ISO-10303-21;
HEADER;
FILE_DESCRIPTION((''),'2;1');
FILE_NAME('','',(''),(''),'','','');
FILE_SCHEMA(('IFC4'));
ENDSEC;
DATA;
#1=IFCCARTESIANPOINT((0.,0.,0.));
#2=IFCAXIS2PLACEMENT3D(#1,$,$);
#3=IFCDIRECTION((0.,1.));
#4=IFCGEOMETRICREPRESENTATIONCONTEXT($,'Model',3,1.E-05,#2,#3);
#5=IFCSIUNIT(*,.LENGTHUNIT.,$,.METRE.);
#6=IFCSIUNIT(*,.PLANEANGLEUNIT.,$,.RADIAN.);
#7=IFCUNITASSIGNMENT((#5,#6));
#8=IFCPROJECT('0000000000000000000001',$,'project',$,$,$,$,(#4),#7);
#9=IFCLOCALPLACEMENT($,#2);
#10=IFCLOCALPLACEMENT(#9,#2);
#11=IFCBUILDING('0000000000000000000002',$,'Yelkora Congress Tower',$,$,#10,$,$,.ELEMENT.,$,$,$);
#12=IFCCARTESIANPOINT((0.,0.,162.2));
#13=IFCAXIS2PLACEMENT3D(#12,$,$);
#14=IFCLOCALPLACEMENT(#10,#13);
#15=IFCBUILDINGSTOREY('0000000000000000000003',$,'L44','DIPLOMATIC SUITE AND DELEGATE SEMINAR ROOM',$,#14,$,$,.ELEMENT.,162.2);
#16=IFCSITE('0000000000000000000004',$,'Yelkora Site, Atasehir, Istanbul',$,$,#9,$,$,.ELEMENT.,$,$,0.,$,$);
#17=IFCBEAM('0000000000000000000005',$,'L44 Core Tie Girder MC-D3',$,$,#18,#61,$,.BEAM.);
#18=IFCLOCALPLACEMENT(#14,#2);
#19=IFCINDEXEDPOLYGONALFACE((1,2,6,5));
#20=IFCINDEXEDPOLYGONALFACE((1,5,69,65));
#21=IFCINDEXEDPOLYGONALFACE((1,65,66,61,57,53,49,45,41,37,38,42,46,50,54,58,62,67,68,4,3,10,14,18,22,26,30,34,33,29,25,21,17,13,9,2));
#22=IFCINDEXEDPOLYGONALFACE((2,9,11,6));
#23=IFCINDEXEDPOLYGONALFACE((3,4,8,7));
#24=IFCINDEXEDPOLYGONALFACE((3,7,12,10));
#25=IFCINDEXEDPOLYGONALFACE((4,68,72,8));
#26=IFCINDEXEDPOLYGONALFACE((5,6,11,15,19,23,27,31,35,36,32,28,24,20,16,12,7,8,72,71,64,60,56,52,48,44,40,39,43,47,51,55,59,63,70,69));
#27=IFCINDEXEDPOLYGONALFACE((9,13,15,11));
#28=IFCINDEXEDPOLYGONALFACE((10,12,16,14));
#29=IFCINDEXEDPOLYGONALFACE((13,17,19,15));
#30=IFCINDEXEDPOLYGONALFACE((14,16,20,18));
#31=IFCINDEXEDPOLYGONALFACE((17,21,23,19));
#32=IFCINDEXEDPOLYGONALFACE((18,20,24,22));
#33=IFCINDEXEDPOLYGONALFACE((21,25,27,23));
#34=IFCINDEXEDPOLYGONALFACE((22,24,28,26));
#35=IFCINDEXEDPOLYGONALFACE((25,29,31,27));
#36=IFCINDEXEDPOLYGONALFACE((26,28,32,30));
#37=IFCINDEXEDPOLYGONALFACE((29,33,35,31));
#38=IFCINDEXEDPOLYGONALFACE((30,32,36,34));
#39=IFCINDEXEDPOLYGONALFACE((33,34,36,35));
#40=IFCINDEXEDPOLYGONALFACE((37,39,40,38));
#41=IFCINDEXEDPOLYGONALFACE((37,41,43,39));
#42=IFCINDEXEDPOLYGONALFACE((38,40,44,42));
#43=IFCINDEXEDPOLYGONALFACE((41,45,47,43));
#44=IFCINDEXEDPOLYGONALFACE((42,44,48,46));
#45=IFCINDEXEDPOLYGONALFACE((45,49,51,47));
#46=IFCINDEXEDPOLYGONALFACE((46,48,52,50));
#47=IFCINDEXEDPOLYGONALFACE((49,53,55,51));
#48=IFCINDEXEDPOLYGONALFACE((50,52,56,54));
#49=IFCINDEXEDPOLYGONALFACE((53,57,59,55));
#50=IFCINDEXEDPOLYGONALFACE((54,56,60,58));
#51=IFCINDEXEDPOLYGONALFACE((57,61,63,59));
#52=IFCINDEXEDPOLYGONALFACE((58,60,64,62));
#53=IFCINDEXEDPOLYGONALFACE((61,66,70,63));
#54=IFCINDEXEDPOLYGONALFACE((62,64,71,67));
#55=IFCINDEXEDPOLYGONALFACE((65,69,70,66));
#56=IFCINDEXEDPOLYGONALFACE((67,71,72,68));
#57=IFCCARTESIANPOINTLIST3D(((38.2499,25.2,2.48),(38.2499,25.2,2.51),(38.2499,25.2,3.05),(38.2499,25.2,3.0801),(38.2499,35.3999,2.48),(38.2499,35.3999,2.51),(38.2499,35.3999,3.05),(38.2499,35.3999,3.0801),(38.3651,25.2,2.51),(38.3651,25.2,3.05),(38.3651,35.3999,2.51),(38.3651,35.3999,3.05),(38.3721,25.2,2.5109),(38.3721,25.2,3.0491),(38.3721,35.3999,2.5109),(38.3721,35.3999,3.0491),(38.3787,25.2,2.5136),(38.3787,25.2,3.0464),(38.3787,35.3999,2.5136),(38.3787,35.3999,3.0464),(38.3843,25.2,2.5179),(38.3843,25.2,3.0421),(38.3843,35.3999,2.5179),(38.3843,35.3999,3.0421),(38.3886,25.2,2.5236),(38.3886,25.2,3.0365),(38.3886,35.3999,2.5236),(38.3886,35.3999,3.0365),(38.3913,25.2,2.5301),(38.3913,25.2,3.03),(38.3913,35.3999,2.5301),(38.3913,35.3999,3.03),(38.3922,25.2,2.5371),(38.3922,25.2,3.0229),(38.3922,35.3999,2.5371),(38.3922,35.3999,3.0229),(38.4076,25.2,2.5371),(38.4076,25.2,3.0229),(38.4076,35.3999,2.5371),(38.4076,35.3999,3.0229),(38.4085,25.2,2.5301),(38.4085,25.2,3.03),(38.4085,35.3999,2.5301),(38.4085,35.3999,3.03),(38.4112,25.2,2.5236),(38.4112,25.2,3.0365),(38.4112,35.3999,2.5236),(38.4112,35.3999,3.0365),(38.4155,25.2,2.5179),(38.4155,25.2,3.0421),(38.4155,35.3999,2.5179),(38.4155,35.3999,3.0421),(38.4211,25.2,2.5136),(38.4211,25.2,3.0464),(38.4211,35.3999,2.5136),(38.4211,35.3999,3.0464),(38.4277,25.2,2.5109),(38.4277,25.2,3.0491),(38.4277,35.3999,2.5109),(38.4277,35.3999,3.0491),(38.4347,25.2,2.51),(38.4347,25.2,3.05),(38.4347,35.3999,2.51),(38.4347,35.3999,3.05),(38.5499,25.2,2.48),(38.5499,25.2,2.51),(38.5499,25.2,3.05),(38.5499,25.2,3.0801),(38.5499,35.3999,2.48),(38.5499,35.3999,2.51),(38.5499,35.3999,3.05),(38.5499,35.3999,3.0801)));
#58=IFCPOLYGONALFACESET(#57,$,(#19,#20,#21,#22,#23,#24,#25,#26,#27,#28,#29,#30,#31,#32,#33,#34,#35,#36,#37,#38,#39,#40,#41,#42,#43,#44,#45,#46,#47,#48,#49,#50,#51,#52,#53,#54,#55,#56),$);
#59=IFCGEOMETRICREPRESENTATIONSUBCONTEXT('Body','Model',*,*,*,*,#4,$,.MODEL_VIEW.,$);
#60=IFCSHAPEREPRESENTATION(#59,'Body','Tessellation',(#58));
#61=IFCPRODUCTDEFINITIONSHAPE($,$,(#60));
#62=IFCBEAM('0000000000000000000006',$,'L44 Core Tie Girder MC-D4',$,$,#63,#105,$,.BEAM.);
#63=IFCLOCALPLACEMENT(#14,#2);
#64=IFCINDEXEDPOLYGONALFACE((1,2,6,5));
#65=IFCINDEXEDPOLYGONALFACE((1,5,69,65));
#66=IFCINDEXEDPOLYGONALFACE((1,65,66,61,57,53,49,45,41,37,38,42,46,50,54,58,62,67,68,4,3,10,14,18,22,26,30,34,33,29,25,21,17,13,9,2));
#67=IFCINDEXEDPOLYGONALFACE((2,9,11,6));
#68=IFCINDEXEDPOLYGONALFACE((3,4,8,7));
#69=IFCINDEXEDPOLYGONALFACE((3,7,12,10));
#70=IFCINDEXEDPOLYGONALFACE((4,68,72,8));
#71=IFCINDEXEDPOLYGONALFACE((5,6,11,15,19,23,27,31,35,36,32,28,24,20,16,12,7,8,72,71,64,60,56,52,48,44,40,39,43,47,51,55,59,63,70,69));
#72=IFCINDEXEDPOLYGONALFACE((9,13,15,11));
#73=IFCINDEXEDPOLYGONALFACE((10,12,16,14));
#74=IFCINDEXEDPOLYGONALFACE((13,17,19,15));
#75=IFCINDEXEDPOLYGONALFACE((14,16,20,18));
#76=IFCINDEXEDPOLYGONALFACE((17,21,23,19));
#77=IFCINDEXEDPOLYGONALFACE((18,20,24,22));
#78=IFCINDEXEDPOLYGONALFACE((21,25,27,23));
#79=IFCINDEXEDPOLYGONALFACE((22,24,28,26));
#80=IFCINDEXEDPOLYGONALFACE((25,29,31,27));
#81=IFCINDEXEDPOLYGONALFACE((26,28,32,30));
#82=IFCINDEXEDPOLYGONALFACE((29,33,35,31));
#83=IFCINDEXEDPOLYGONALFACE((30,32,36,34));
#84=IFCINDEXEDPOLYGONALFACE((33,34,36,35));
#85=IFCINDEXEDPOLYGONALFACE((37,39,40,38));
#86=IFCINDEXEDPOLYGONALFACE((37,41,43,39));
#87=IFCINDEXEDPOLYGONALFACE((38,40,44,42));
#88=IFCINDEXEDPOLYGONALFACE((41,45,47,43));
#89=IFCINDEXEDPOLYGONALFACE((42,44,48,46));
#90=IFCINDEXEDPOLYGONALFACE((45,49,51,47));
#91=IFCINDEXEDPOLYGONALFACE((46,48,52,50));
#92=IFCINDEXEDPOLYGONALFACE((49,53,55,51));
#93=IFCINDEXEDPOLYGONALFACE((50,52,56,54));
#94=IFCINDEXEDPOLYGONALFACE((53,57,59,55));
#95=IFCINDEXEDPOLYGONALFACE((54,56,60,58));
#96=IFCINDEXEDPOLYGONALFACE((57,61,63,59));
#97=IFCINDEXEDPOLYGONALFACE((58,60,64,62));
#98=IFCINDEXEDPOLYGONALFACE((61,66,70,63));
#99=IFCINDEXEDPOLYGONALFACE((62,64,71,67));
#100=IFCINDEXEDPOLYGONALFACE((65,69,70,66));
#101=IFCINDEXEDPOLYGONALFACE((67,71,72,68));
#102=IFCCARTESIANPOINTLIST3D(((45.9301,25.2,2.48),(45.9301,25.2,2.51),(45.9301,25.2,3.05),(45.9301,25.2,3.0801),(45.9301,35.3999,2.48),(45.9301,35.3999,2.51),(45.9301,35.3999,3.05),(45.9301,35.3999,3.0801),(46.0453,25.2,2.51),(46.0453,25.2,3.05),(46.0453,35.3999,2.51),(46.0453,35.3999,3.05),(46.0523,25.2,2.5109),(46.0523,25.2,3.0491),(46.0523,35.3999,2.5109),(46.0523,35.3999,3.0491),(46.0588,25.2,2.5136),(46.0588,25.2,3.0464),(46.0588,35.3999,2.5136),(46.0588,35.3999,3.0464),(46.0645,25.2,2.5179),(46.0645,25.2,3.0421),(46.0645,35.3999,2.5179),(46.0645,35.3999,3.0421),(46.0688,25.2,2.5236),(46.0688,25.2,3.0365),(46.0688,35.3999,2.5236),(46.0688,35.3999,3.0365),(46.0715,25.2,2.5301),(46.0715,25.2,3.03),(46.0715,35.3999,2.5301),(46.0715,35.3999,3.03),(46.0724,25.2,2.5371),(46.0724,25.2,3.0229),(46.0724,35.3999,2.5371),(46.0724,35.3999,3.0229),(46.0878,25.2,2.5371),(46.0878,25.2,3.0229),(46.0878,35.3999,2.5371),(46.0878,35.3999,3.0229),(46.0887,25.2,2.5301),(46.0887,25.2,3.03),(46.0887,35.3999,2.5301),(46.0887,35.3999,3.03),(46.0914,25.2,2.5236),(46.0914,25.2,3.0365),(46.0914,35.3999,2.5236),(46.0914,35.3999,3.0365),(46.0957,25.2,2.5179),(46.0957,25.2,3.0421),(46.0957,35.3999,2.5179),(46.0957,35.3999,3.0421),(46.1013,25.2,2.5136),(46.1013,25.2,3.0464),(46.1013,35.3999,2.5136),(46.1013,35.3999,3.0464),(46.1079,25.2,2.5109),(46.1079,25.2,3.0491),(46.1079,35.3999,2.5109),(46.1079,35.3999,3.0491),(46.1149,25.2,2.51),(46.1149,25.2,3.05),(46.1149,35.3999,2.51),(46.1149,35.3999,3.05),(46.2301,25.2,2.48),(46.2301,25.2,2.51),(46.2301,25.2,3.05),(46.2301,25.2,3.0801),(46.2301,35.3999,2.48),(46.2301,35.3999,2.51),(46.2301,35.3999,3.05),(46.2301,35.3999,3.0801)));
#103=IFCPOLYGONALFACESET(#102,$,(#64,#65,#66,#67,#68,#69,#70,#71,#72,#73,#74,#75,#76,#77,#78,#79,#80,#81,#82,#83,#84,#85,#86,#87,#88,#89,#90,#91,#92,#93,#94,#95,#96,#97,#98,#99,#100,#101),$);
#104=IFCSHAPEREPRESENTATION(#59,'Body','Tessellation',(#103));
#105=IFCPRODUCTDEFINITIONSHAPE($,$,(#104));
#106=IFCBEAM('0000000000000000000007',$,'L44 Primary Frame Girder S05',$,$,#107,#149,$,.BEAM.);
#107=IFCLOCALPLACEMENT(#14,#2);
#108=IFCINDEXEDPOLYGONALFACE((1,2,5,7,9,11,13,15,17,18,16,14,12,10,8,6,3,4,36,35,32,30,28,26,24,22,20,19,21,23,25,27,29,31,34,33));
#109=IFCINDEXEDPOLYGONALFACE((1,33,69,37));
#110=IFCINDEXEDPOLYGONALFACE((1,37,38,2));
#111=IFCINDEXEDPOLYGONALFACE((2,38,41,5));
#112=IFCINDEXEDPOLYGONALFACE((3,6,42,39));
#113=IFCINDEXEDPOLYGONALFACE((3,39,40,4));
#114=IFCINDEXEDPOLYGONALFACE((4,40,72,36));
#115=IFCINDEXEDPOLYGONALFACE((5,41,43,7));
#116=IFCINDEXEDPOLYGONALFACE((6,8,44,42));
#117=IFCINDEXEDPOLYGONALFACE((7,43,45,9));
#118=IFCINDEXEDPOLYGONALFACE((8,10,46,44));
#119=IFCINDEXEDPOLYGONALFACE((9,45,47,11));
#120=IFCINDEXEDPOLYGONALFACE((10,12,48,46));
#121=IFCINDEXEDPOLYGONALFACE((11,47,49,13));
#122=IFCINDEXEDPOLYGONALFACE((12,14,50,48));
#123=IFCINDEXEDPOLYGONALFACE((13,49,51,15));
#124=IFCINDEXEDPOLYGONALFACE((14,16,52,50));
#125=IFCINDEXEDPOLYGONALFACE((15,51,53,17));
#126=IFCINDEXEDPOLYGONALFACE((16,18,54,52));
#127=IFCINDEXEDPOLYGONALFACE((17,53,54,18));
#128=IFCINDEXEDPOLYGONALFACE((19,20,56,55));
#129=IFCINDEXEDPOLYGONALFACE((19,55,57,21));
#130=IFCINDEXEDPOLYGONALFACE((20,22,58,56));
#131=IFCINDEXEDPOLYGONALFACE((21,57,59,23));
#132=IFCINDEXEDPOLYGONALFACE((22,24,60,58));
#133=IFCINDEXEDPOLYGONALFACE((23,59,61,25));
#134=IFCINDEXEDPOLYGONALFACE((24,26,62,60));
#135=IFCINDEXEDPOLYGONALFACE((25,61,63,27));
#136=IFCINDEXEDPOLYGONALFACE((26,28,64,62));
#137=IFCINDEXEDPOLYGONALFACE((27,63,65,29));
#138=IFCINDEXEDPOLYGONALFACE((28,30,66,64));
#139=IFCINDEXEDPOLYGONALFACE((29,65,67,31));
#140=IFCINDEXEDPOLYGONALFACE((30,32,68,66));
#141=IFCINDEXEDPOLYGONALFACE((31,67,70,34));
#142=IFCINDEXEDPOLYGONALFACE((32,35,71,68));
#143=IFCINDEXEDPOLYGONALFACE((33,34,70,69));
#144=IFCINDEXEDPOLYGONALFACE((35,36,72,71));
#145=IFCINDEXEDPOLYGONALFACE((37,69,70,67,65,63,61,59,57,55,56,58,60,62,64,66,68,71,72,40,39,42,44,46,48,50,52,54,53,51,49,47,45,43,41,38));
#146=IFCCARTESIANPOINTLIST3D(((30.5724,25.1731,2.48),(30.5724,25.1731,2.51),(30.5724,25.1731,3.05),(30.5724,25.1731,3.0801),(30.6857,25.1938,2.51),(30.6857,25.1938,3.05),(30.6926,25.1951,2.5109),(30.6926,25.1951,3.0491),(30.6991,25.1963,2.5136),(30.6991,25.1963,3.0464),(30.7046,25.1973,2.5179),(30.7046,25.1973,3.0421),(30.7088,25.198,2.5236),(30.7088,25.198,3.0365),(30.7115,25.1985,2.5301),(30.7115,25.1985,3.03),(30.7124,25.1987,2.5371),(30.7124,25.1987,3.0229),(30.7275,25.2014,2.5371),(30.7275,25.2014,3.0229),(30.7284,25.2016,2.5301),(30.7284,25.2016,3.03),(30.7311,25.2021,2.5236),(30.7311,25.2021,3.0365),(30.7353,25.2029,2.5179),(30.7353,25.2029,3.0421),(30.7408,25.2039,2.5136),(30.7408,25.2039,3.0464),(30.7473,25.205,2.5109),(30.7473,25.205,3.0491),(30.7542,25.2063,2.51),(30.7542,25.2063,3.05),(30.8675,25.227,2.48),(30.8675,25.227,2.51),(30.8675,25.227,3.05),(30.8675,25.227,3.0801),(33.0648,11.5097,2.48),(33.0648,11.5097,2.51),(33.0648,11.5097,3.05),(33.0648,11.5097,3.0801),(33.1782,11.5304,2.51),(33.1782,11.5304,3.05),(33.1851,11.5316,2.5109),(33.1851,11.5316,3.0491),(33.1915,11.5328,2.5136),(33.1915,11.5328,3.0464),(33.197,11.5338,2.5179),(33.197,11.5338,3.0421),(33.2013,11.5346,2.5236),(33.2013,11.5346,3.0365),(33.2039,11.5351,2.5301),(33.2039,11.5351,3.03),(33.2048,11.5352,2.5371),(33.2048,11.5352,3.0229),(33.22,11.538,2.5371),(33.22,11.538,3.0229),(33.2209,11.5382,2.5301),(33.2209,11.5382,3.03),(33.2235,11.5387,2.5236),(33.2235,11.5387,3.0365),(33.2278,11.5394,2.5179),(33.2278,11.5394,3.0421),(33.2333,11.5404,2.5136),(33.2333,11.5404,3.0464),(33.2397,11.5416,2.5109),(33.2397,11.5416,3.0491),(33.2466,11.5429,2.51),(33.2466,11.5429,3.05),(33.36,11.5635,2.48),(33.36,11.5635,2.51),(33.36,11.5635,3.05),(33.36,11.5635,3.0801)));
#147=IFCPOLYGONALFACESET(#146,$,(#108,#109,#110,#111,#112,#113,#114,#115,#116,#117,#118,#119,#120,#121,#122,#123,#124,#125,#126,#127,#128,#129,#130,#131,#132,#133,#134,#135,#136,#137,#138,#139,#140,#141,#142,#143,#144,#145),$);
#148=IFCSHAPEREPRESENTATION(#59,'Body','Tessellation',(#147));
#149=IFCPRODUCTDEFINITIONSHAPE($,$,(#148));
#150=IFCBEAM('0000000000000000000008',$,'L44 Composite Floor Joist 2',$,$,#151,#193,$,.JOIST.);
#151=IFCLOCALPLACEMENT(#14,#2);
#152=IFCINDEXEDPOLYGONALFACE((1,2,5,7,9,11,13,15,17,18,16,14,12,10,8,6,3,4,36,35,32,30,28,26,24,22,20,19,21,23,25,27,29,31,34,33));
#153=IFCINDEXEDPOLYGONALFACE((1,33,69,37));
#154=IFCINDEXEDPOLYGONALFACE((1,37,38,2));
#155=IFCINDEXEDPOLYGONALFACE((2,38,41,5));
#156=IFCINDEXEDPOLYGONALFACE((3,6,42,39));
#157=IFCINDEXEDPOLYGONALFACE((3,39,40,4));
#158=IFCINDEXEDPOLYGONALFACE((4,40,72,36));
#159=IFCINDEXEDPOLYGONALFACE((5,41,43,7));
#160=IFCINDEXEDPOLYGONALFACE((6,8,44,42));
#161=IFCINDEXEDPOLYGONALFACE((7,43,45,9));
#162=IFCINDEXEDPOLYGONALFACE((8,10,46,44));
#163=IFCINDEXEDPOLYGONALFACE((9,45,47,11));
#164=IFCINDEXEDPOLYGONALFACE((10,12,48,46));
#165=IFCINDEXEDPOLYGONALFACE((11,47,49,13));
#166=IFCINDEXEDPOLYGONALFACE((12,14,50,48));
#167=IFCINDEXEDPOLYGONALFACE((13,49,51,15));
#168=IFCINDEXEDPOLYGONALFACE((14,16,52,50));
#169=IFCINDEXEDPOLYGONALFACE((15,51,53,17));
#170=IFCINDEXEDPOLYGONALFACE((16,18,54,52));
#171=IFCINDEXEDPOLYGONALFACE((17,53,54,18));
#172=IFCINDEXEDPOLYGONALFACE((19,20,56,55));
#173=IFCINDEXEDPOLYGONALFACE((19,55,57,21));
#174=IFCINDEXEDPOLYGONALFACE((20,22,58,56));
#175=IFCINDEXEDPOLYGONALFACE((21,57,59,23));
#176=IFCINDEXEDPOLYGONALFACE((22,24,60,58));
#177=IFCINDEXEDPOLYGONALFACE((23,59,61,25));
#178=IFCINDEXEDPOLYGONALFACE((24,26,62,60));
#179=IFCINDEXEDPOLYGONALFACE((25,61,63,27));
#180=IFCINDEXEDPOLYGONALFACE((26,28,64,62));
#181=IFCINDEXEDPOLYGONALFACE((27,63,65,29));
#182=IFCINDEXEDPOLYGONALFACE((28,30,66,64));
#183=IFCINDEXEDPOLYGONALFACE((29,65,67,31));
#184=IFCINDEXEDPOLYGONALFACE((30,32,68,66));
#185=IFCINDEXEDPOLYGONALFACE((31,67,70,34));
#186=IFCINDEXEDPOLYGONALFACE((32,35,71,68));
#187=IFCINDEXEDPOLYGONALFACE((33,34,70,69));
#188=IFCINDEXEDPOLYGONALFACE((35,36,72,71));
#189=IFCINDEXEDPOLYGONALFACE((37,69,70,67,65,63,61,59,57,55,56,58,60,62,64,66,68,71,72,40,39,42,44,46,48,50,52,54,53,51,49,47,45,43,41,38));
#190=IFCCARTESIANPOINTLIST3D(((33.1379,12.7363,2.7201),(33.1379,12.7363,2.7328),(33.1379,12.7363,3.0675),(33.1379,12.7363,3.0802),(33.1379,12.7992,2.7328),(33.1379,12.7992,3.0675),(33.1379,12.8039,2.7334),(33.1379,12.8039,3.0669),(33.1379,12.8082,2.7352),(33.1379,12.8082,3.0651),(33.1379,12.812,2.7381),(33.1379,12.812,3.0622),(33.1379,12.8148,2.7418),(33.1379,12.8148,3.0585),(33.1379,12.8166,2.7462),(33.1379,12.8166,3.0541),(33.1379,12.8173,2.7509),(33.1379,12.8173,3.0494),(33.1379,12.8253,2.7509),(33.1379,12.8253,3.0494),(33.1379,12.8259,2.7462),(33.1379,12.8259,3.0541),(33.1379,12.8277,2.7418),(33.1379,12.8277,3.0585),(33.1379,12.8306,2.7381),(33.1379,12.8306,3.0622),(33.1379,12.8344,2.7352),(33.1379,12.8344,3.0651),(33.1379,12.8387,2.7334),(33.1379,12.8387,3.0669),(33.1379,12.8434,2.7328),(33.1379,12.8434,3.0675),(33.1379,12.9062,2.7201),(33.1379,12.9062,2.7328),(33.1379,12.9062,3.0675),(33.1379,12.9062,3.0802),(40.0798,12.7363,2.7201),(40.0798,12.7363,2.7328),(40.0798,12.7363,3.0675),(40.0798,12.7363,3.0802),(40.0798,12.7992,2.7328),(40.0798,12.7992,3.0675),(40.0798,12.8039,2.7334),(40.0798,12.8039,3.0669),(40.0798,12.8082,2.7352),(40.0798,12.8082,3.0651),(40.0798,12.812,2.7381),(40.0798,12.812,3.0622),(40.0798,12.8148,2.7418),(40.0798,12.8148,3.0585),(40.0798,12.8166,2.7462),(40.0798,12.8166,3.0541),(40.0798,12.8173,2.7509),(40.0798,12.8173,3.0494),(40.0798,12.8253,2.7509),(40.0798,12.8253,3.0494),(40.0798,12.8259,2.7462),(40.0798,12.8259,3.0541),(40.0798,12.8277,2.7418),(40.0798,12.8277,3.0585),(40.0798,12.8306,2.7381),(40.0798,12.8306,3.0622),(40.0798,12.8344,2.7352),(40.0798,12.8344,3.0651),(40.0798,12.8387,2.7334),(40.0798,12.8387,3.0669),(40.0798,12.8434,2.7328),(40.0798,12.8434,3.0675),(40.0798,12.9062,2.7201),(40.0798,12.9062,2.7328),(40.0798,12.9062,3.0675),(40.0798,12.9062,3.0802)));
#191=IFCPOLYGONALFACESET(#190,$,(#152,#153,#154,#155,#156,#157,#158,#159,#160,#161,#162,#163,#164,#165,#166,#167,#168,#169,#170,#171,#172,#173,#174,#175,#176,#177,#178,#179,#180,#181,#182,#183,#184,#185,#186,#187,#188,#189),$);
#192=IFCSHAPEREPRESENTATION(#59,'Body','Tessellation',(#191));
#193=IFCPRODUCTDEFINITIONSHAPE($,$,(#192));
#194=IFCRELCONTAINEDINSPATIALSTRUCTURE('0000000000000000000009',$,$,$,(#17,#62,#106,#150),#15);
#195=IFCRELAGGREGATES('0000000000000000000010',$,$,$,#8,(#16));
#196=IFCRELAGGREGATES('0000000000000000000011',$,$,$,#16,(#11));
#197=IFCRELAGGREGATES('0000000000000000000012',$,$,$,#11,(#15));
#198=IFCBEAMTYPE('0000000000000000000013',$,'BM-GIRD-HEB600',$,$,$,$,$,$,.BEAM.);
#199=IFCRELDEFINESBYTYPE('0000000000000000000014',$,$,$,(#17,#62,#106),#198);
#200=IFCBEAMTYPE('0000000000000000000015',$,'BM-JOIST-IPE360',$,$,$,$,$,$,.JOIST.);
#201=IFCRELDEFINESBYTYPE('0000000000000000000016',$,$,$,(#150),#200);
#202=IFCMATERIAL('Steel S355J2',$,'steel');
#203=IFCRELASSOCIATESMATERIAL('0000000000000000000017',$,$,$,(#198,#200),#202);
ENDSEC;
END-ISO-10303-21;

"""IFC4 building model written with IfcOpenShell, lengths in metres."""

from ifc_helpers import new_model, si_unit, direction, frame, origin, origin_2d, place, context, subcontext, project, spatial, i_section, extrude, material, material_profile, profile_set, type_object, element, save


model = new_model("IFC4")

# Units and contexts
model_context = context("Model", 3, precision=1e-05, world=origin(), true_north=direction((0.0, 1.0)))
body_context = subcontext(model_context, "Body", "Model", "MODEL_VIEW")
ifc_project = project(units=[si_unit("LENGTHUNIT", "METRE"), si_unit("PLANEANGLEUNIT", "RADIAN")], contexts=[model_context])

# Site, building, storey
site_placement = place(None, origin())
site = spatial("IfcSite", under=ifc_project, at=site_placement, Name="Yelkora Site, Atasehir, Istanbul", CompositionType="ELEMENT", RefElevation=0.0)
building_placement = place(site_placement, origin())
building = spatial("IfcBuilding", under=site, at=building_placement, Name="Yelkora Congress Tower", CompositionType="ELEMENT")
storey_placement = place(building_placement, frame((0.0, 0.0, 162.2)))
storey = spatial("IfcBuildingStorey", under=building, at=storey_placement, Name="L44", Description="DIPLOMATIC SUITE AND DELEGATE SEMINAR ROOM", CompositionType="ELEMENT", Elevation=162.2)

# Beams
ifc_material_1 = material(Name="Steel S355J2", Category="steel")
ifc_material_profile_1 = material_profile(ifc_material_1, i_section(OverallWidth=0.3, OverallDepth=0.6001, WebThickness=0.0154, FlangeThickness=0.03, FilletRadius=0.0271, at=origin_2d()), Name="HEB 600")
ifc_profile_set_1 = profile_set([ifc_material_profile_1], Name="Steel S355J2")
beam_type_1 = type_object("IfcBeamType", Name="BM-GIRD-HEB600", PredefinedType="BEAM", material=ifc_profile_set_1)
for number, where, z_axis, x_axis, name in (
    (1, (38.3999, 25.2, 2.78), (0.0, 1.0, 0.0), (-1.0, 0.0, 0.0), "L44 Core Tie Girder MC-D3"),
    (2, (46.0801, 25.2, 2.78), (0.0, 1.0, 0.0), (-1.0, 0.0, 0.0), "L44 Core Tie Girder MC-D4"),
):
    element("IfcBeam", number, at=place(storey_placement, frame(where, z_axis=z_axis, x_axis=x_axis)), inside=storey, type_object=beam_type_1, Name=name, PredefinedType="BEAM", context=body_context, shape_type="SweptSolid", body=[
        extrude(i_section(OverallWidth=0.3, OverallDepth=0.6001, WebThickness=0.0154, FlangeThickness=0.03, FilletRadius=0.0271, at=origin_2d()), origin(), (0.0, 0.0, 1.0), 10.2),
    ])
beam_1_placement = place(storey_placement, frame((33.2124, 11.5366, 2.78), z_axis=(-0.179456, 0.983766, 0.0), x_axis=(-0.983766, -0.179456, 0.0)))
element("IfcBeam", 3, at=beam_1_placement, inside=storey, type_object=beam_type_1, Name="L44 Primary Frame Girder S05", PredefinedType="BEAM", context=body_context, shape_type="SweptSolid", body=[
    extrude(i_section(OverallWidth=0.3, OverallDepth=0.6001, WebThickness=0.0154, FlangeThickness=0.03, FilletRadius=0.0271, at=origin_2d()), origin(), (0.0, 0.0, 1.0), 13.8889),
])
ifc_material_profile_2 = material_profile(ifc_material_1, i_section(OverallWidth=0.1699, OverallDepth=0.3601, WebThickness=0.0081, FlangeThickness=0.0127, FilletRadius=0.0181, at=origin_2d()), Name="IPE 360")
ifc_profile_set_2 = profile_set([ifc_material_profile_2], Name="Steel S355J2")
beam_type_2 = type_object("IfcBeamType", Name="BM-JOIST-IPE360", PredefinedType="JOIST", material=ifc_profile_set_2)
beam_2_placement = place(storey_placement, frame((33.1379, 12.8213, 2.9001), z_axis=(1.0, 0.0, 0.0), x_axis=(0.0, 1.0, 0.0)))
element("IfcBeam", 4, at=beam_2_placement, inside=storey, type_object=beam_type_2, Name="L44 Composite Floor Joist 2", PredefinedType="JOIST", context=body_context, shape_type="SweptSolid", body=[
    extrude(i_section(OverallWidth=0.1699, OverallDepth=0.3601, WebThickness=0.0081, FlangeThickness=0.0127, FilletRadius=0.0181, at=origin_2d()), origin(), (0.0, 0.0, 1.0), 6.9419),
])

save(model, "model.ifc")
